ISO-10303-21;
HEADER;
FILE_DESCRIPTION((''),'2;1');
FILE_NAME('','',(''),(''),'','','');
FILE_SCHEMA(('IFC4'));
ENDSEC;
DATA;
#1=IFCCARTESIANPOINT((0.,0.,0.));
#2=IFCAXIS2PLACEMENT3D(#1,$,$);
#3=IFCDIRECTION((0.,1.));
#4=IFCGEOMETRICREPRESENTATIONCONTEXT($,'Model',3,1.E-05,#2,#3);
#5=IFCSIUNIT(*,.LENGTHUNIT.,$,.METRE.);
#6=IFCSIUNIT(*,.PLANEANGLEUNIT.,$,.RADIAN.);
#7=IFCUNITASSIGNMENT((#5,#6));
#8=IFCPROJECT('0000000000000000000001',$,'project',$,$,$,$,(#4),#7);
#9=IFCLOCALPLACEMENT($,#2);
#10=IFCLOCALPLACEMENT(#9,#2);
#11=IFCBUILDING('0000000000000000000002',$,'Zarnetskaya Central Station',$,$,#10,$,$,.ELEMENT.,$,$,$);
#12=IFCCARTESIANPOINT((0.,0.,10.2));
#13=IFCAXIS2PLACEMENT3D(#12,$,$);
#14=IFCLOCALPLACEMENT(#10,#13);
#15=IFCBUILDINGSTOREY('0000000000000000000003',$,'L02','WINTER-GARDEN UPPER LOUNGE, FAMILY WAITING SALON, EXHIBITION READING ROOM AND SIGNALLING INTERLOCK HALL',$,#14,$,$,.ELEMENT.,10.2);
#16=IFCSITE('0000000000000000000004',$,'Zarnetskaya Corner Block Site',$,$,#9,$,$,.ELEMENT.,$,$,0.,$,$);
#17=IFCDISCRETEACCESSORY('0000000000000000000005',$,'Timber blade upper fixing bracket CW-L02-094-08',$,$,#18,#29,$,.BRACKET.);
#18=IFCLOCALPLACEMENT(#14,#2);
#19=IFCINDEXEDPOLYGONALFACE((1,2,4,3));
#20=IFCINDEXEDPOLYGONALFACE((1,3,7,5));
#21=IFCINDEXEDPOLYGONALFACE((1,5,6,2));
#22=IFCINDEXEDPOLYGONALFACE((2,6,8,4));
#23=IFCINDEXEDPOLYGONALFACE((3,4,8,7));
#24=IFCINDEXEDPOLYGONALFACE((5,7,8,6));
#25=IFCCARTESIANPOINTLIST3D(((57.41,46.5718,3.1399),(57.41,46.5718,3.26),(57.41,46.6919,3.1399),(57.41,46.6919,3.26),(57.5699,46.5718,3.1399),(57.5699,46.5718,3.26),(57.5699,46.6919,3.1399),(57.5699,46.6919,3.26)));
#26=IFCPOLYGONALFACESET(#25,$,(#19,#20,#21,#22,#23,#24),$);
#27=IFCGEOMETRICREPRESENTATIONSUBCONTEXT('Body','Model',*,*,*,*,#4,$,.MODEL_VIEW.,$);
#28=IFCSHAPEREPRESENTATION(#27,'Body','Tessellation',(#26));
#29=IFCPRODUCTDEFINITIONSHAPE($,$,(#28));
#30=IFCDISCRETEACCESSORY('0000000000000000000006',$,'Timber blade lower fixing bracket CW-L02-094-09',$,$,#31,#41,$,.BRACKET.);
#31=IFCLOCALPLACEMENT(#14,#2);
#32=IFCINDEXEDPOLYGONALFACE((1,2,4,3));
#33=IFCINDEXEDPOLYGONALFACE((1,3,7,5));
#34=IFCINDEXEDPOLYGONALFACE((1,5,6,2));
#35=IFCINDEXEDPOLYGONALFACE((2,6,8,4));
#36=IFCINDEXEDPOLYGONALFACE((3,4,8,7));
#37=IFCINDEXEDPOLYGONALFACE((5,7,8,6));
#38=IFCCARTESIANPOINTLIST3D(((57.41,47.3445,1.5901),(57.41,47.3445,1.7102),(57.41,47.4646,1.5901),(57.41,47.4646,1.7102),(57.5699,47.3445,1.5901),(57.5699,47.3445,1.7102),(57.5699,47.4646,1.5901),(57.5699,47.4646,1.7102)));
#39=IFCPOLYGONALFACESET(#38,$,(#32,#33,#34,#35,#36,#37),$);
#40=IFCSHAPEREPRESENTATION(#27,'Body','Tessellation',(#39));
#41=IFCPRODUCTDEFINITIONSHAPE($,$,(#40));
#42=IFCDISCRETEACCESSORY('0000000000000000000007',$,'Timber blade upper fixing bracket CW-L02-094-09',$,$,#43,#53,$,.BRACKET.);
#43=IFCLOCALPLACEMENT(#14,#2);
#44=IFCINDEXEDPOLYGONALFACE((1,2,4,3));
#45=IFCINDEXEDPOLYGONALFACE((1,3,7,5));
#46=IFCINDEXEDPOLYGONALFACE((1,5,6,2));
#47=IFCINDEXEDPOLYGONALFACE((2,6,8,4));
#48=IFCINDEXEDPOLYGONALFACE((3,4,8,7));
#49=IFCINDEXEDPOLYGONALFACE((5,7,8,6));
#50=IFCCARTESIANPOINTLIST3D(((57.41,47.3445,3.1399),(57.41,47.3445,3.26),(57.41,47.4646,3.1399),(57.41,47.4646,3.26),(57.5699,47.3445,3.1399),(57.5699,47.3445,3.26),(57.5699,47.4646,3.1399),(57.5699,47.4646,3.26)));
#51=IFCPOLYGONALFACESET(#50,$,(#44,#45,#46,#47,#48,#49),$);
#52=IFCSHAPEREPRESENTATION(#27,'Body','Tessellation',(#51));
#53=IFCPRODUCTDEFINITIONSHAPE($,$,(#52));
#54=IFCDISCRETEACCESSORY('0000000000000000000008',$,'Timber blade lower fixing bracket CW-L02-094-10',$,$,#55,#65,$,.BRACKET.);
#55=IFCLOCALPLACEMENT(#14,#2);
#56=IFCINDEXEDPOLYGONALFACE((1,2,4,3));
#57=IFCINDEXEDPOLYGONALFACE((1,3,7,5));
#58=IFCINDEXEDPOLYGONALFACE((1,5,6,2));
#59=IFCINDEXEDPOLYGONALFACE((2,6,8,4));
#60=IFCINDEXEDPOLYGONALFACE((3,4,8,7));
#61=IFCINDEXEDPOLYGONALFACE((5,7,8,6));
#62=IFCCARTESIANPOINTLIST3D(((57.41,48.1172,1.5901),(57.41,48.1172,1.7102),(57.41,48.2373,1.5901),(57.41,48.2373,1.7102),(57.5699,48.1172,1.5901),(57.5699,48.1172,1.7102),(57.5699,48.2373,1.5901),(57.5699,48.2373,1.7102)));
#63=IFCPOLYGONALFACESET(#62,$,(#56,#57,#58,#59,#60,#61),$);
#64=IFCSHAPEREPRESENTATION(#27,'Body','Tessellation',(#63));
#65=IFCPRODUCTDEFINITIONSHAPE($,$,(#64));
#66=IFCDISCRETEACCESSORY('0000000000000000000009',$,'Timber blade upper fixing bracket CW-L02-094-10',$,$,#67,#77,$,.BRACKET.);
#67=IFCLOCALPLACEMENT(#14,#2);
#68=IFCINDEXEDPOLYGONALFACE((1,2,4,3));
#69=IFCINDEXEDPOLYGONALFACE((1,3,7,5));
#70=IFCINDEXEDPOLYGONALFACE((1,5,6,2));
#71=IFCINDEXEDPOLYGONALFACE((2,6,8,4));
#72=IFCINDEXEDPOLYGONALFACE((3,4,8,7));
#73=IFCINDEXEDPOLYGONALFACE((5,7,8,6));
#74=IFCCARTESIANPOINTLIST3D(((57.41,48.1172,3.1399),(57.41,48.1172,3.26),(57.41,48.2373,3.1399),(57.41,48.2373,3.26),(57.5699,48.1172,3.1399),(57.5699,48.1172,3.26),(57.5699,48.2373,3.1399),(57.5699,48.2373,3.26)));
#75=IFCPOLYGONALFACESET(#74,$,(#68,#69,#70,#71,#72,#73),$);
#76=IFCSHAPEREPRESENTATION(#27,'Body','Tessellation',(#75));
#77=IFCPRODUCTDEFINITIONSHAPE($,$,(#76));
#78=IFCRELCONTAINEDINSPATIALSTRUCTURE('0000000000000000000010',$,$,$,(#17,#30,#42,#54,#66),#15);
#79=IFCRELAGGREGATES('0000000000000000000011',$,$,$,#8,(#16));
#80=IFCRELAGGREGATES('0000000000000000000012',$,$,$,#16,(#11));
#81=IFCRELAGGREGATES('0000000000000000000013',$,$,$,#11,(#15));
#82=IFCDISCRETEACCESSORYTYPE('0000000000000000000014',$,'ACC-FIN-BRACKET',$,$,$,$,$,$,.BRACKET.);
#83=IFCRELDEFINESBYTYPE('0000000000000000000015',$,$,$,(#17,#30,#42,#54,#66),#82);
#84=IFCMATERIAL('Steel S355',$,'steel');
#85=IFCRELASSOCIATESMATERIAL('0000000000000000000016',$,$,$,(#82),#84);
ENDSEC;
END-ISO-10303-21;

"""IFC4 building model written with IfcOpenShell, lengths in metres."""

from ifc_helpers import new_model, si_unit, direction, frame, origin, origin_2d, place, context, subcontext, project, spatial, rectangle, extrude, material, type_object, element, save


model = new_model("IFC4")

# Units and contexts
model_context = context("Model", 3, precision=1e-05, world=origin(), true_north=direction((0.0, 1.0)))
body_context = subcontext(model_context, "Body", "Model", "MODEL_VIEW")
ifc_project = project(units=[si_unit("LENGTHUNIT", "METRE"), si_unit("PLANEANGLEUNIT", "RADIAN")], contexts=[model_context])

# Site, building, storey
site_placement = place(None, origin())
site = spatial("IfcSite", under=ifc_project, at=site_placement, Name="Zarnetskaya Corner Block Site", CompositionType="ELEMENT", RefElevation=0.0)
building_placement = place(site_placement, origin())
building = spatial("IfcBuilding", under=site, at=building_placement, Name="Zarnetskaya Central Station", CompositionType="ELEMENT")
storey_placement = place(building_placement, frame((0.0, 0.0, 10.2)))
storey = spatial("IfcBuildingStorey", under=building, at=storey_placement, Name="L02", Description="WINTER-GARDEN UPPER LOUNGE, FAMILY WAITING SALON, EXHIBITION READING ROOM AND SIGNALLING INTERLOCK HALL", CompositionType="ELEMENT", Elevation=10.2)

# Discrete accessories
ifc_material = material(Name="Steel S355", Category="steel")
discrete_accessory_type = type_object("IfcDiscreteAccessoryType", Name="ACC-FIN-BRACKET", PredefinedType="BRACKET", material=ifc_material)
for number, where, z_axis, x_axis, name in (
    (1, (57.49, 46.6318, 3.1399), (0.0, 0.0, 1.0), (0.0, 1.0, 0.0), "Timber blade upper fixing bracket CW-L02-094-08"),
    (2, (57.49, 47.4045, 1.5901), (0.0, 0.0, 1.0), (0.0, 1.0, 0.0), "Timber blade lower fixing bracket CW-L02-094-09"),
    (3, (57.49, 47.4045, 3.1399), (0.0, 0.0, 1.0), (0.0, 1.0, 0.0), "Timber blade upper fixing bracket CW-L02-094-09"),
    (4, (57.49, 48.1772, 1.5901), (0.0, 0.0, 1.0), (0.0, 1.0, 0.0), "Timber blade lower fixing bracket CW-L02-094-10"),
    (5, (57.49, 48.1772, 3.1399), (0.0, 0.0, 1.0), (0.0, 1.0, 0.0), "Timber blade upper fixing bracket CW-L02-094-10"),
):
    element("IfcDiscreteAccessory", number, at=place(storey_placement, frame(where, z_axis=z_axis, x_axis=x_axis)), inside=storey, type_object=discrete_accessory_type, Name=name, PredefinedType="BRACKET", context=body_context, shape_type="SweptSolid", body=[
        extrude(rectangle(XDim=0.1201, YDim=0.1599, at=origin_2d()), origin(), (0.0, 0.0, 1.0), 0.1201),
    ])

save(model, "model.ifc")
